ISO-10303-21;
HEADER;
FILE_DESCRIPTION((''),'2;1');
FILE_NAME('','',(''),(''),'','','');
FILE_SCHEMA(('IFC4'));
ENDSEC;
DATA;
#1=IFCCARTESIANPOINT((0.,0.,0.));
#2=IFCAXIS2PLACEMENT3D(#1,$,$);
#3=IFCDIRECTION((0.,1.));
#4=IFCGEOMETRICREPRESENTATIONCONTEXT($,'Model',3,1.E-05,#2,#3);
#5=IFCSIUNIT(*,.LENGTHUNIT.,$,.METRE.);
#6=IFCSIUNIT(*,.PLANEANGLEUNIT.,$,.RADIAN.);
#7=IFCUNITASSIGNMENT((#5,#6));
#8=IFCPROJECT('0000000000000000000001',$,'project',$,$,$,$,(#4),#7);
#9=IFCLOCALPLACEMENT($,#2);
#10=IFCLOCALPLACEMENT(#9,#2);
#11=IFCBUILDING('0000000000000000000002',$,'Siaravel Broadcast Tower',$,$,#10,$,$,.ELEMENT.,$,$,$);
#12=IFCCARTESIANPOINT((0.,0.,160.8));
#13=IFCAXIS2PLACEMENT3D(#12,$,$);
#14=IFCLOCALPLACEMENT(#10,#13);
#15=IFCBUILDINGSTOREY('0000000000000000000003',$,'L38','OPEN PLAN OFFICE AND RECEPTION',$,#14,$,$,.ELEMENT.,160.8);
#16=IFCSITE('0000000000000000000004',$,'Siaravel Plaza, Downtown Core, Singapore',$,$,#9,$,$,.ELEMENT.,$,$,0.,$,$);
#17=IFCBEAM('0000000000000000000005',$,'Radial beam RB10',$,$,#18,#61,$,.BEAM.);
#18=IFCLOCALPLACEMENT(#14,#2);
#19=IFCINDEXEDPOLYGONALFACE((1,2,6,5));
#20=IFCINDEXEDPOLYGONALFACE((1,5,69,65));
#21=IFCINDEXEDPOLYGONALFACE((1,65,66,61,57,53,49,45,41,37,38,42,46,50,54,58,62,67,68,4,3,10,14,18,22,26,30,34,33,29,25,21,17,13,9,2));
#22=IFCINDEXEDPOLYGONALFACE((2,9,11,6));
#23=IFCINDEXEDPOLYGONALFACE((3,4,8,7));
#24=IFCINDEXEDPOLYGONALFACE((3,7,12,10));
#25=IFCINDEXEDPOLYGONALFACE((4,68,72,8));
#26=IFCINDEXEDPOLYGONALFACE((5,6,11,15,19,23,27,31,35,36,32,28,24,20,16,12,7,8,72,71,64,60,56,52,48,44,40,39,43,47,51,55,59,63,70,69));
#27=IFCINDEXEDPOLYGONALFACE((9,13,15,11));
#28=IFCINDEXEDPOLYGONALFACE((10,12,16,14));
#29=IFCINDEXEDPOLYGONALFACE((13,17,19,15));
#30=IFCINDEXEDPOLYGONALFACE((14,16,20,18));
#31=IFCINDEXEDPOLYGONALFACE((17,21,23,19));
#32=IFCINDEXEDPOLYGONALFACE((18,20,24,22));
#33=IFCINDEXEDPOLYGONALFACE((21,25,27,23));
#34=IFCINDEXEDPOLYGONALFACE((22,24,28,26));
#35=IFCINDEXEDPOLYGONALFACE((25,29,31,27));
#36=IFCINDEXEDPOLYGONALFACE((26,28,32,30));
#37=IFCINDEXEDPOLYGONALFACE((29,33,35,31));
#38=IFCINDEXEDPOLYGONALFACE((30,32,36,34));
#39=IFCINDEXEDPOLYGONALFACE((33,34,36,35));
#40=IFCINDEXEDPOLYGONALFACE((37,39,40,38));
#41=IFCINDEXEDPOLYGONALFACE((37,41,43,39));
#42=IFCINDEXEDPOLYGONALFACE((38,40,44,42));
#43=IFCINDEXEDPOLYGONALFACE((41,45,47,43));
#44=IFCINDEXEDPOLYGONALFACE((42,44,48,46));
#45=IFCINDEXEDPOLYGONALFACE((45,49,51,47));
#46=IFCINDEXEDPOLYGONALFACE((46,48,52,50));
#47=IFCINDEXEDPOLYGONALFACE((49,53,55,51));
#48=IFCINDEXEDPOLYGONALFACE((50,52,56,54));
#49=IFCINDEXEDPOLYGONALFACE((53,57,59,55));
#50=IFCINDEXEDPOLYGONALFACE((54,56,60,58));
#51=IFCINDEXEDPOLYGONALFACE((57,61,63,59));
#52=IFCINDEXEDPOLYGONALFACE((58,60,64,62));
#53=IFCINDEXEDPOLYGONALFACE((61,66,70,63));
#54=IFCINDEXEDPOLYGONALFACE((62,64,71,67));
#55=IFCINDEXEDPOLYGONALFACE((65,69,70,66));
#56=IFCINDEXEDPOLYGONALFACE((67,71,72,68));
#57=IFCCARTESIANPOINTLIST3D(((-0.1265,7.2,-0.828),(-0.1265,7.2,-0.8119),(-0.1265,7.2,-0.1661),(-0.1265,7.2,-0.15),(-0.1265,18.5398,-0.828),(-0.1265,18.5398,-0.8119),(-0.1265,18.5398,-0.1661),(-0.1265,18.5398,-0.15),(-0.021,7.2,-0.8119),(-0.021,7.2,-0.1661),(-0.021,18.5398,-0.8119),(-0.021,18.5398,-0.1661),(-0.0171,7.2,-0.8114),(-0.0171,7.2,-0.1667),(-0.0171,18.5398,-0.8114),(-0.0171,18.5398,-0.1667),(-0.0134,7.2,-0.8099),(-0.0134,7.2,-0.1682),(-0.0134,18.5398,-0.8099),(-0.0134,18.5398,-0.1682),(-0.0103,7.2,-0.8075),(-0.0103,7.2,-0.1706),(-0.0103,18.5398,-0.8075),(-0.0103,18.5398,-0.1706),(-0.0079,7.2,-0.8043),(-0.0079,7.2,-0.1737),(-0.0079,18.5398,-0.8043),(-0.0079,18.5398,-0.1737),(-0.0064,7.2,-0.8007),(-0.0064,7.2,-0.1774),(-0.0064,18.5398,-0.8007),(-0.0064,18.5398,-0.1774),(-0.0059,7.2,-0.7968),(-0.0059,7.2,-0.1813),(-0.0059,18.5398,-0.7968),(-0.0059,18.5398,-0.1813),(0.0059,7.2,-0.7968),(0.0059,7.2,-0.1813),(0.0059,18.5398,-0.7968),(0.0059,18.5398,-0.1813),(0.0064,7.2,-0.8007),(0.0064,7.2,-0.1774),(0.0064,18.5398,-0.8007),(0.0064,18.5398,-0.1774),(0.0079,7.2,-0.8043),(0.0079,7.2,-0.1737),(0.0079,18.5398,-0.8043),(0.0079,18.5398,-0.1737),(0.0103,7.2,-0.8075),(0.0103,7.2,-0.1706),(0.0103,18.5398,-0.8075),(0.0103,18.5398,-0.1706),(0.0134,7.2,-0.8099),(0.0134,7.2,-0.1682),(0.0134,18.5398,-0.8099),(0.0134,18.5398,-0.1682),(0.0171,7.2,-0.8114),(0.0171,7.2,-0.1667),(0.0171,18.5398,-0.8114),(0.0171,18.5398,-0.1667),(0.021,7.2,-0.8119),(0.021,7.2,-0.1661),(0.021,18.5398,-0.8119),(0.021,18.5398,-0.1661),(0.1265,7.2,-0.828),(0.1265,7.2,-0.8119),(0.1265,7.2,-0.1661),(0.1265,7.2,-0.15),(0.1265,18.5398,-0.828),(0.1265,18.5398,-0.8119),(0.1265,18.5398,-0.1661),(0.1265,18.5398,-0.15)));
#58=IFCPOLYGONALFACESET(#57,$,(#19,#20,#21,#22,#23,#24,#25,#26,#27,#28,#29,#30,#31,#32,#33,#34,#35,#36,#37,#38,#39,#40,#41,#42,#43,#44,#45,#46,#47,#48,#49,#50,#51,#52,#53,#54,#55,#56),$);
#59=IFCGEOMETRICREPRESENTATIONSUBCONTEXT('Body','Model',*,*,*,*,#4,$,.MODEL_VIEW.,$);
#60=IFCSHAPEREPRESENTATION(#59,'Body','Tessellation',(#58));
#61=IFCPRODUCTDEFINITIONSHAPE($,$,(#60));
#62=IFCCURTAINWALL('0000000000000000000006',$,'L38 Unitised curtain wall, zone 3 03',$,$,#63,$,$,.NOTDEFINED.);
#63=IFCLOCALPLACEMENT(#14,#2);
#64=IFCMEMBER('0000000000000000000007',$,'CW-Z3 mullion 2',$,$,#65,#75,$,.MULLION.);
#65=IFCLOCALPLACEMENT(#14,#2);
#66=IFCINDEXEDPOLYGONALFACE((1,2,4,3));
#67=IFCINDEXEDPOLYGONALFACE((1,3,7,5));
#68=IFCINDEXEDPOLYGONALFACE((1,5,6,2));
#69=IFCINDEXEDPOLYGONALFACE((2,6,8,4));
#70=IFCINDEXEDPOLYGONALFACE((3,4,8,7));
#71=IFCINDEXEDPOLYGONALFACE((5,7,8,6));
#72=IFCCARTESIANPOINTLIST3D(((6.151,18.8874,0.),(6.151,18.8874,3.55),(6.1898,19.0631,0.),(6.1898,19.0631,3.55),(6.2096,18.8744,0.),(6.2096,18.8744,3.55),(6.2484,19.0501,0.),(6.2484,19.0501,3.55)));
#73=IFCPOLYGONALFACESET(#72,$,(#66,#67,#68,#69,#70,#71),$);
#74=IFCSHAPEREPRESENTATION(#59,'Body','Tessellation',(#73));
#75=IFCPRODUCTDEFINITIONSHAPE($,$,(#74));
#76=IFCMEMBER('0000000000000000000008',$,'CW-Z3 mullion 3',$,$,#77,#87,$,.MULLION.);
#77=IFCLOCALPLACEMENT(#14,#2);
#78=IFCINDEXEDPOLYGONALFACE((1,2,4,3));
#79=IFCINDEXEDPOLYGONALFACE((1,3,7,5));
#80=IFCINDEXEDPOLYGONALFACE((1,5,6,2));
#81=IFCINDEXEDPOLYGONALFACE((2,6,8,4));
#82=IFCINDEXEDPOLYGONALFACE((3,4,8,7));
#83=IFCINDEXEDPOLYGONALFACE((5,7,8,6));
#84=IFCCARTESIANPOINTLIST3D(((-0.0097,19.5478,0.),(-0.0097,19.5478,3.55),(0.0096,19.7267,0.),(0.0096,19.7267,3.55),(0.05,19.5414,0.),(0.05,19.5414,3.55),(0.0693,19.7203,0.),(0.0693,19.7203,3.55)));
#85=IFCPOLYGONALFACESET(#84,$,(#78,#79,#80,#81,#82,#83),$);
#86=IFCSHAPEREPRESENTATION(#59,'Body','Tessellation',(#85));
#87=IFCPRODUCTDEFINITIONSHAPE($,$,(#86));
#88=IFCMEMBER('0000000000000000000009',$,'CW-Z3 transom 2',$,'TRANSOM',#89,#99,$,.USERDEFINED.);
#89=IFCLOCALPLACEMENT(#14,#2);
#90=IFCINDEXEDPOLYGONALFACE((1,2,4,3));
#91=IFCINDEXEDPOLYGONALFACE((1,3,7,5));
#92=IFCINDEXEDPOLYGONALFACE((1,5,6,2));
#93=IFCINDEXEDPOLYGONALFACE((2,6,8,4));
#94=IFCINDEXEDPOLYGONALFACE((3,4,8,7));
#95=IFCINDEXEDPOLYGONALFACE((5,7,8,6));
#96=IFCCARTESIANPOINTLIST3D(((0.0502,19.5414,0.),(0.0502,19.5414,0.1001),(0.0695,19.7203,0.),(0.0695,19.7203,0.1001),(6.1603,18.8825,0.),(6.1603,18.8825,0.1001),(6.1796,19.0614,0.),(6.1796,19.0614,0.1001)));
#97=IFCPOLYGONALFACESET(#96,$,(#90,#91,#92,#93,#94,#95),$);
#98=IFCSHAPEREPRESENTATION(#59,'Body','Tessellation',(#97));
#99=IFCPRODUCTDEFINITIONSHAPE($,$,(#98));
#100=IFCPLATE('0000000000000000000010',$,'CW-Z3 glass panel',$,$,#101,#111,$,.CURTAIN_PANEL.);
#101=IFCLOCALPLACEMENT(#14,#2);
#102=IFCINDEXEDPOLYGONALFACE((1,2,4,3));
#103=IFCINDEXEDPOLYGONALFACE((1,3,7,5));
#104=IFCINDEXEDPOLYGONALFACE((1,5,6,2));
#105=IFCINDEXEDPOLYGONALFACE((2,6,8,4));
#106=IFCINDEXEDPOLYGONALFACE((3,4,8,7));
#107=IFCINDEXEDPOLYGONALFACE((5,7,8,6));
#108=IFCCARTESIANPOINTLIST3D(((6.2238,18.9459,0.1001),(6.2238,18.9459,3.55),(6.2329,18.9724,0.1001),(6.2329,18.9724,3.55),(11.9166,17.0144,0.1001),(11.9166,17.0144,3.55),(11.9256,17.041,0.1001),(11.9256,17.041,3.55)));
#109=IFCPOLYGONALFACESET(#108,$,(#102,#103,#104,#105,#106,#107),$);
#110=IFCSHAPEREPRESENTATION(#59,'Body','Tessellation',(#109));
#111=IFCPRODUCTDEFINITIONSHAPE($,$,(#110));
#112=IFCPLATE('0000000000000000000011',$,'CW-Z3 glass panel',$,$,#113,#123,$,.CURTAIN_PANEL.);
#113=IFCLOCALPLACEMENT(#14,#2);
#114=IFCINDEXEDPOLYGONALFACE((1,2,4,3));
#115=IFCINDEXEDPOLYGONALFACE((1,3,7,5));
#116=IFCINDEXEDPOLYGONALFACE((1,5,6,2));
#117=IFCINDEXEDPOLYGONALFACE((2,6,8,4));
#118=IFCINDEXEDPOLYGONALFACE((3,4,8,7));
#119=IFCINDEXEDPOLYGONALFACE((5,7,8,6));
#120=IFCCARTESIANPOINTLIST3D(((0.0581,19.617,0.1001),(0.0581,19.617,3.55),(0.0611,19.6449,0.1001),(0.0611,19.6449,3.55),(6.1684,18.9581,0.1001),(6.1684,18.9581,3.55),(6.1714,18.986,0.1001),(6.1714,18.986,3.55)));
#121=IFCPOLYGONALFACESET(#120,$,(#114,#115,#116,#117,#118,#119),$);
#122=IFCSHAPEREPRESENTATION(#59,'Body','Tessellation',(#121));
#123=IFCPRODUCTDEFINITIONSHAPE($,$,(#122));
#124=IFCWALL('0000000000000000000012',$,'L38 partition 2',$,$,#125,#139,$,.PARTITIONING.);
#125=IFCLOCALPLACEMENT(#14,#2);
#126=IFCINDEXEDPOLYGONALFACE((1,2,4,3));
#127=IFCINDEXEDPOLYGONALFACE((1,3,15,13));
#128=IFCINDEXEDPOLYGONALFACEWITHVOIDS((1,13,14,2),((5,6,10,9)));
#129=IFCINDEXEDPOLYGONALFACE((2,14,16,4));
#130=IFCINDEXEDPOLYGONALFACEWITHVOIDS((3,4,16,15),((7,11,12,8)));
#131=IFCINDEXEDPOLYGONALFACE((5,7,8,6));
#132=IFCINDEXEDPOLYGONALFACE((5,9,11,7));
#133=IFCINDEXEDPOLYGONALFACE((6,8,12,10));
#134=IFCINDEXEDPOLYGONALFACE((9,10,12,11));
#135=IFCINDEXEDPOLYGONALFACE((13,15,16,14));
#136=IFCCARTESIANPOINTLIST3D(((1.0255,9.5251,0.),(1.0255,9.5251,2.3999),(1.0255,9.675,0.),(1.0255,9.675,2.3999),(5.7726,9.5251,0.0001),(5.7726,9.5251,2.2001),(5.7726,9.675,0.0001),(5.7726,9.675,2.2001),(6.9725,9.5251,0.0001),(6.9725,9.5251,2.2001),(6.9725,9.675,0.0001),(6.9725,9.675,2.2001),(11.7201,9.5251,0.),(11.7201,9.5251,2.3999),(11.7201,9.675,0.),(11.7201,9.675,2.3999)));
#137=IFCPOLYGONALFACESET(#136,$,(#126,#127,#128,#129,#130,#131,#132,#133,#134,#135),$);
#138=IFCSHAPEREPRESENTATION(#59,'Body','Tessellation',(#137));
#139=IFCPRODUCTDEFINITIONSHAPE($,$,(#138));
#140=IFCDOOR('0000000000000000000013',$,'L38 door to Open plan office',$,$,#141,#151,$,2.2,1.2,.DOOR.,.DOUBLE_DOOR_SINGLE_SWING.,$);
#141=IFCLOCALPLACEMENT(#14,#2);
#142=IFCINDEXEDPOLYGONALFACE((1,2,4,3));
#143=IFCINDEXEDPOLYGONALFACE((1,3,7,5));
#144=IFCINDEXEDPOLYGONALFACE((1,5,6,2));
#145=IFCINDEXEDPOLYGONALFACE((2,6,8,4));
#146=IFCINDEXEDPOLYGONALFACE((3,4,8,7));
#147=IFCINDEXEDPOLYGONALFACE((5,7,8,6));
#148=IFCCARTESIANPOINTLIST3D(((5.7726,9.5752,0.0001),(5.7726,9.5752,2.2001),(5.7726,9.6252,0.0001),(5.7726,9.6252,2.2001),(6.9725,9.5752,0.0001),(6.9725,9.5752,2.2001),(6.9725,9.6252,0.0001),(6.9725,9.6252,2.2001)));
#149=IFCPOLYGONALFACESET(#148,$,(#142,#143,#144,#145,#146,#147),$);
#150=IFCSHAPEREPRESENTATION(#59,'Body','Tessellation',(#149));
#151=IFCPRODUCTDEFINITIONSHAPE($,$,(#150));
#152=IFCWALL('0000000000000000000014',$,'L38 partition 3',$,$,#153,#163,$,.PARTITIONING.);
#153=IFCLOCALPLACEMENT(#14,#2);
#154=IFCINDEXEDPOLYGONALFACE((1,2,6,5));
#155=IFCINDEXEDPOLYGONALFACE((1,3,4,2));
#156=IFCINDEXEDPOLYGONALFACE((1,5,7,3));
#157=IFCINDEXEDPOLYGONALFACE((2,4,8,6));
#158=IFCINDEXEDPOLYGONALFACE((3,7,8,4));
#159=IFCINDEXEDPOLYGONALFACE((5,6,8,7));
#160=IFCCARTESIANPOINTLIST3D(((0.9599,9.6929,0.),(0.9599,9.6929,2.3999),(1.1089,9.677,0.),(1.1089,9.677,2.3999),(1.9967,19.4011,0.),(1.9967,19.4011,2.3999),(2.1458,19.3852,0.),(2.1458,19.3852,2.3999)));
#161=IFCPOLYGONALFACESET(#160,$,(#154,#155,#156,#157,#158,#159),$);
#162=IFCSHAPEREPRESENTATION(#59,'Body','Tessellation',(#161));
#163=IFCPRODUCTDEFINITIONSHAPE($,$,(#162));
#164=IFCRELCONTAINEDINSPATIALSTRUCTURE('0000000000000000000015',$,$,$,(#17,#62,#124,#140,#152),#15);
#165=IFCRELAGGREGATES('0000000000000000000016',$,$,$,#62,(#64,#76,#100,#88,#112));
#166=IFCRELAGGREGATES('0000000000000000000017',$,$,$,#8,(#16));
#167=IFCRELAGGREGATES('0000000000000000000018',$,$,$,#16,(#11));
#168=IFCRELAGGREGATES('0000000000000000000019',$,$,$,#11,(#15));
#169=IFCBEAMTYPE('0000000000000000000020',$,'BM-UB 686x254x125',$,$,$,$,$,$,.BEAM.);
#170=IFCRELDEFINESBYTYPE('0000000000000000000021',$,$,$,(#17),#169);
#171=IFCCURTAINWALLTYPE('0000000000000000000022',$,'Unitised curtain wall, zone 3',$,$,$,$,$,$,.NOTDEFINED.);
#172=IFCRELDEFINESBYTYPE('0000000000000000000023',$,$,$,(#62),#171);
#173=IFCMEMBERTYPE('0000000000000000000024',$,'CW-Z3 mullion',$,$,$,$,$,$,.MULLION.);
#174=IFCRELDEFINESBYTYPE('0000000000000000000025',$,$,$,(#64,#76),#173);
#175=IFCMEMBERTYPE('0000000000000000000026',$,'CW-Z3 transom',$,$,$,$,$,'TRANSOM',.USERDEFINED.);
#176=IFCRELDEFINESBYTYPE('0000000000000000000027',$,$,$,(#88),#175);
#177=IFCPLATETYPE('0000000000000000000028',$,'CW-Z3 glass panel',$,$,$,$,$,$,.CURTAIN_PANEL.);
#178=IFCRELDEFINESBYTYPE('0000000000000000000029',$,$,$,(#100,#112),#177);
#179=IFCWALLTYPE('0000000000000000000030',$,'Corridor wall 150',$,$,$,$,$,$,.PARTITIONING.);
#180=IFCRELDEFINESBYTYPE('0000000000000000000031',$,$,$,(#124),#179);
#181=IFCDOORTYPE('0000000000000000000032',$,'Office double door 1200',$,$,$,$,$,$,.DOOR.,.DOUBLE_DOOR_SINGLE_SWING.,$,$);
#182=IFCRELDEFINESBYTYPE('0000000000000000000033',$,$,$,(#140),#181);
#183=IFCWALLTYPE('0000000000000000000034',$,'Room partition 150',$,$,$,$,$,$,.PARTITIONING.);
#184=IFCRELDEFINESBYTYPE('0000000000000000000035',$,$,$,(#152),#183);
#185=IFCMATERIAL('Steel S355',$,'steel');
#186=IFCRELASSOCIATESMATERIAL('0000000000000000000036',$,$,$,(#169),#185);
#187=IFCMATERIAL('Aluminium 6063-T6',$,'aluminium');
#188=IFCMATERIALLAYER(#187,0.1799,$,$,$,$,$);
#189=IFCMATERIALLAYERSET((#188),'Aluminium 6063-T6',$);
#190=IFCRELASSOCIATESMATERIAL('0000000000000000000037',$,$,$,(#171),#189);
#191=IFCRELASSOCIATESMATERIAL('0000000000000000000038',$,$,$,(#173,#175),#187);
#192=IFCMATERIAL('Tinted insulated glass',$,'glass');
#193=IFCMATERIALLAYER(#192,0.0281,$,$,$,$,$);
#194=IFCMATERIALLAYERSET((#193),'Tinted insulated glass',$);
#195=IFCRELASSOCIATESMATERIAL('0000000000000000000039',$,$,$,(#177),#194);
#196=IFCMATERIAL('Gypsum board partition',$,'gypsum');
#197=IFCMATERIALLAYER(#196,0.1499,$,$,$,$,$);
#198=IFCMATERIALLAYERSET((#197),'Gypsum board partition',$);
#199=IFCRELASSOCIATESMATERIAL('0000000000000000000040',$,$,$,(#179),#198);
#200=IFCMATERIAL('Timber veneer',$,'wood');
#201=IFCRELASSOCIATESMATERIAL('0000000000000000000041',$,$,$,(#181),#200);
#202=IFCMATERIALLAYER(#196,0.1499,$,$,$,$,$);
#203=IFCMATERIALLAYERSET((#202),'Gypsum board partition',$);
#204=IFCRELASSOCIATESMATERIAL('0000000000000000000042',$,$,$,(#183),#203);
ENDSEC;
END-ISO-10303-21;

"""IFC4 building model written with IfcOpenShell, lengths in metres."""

from ifc_helpers import new_model, si_unit, direction, frame, frame_2d, origin, origin_2d, place, context, subcontext, project, spatial, rectangle, i_section, extrude, material, layer, layer_set, material_profile, profile_set, type_object, element, fill, aggregate, save


model = new_model("IFC4")

# Units and contexts
model_context = context("Model", 3, precision=1e-05, world=origin(), true_north=direction((0.0, 1.0)))
body_context = subcontext(model_context, "Body", "Model", "MODEL_VIEW")
ifc_project = project(units=[si_unit("LENGTHUNIT", "METRE"), si_unit("PLANEANGLEUNIT", "RADIAN")], contexts=[model_context])

# Site, building, storey
site_placement = place(None, origin())
site = spatial("IfcSite", under=ifc_project, at=site_placement, Name="Siaravel Plaza, Downtown Core, Singapore", CompositionType="ELEMENT", RefElevation=0.0)
building_placement = place(site_placement, origin())
building = spatial("IfcBuilding", under=site, at=building_placement, Name="Siaravel Broadcast Tower", CompositionType="ELEMENT")
storey_placement = place(building_placement, frame((0.0, 0.0, 160.8)))
storey = spatial("IfcBuildingStorey", under=building, at=storey_placement, Name="L38", Description="OPEN PLAN OFFICE AND RECEPTION", CompositionType="ELEMENT", Elevation=160.8)

# Beam
ifc_material_1 = material(Name="Steel S355", Category="steel")
ifc_material_profile_1 = material_profile(ifc_material_1, i_section(OverallWidth=0.2529, OverallDepth=0.678, WebThickness=0.0117, FlangeThickness=0.0161, FilletRadius=0.0151, at=origin_2d()))
ifc_profile_set_1 = profile_set([ifc_material_profile_1], Name="Steel S355")
beam_type = type_object("IfcBeamType", Name="BM-UB 686x254x125", PredefinedType="BEAM", material=ifc_profile_set_1)
beam_1_placement = place(storey_placement, frame((0.0, 18.5398, -0.489), z_axis=(0.0, -1.0, 0.0), x_axis=(1.0, 0.0, 0.0)))
element("IfcBeam", 1, at=beam_1_placement, inside=storey, type_object=beam_type, Name="Radial beam RB10", PredefinedType="BEAM", context=body_context, shape_type="SweptSolid", body=[
    extrude(i_section(OverallWidth=0.2529, OverallDepth=0.678, WebThickness=0.0117, FlangeThickness=0.0161, FilletRadius=0.0151, at=origin_2d()), origin(), (0.0, 0.0, 1.0), 11.3398),
])

# Curtain wall, members, plates
ifc_material_2 = material(Name="Aluminium 6063-T6", Category="aluminium")
ifc_layer_1 = layer(ifc_material_2, 0.1799)
ifc_layer_set_1 = layer_set([ifc_layer_1], Name="Aluminium 6063-T6")
curtain_wall_type = type_object("IfcCurtainWallType", Name="Unitised curtain wall, zone 3", PredefinedType="NOTDEFINED", material=ifc_layer_set_1)
curtain_wall_placement = place(storey_placement, origin())
curtain_wall = element("IfcCurtainWall", 2, at=curtain_wall_placement, inside=storey, type_object=curtain_wall_type, Name="L38 Unitised curtain wall, zone 3 03", PredefinedType="NOTDEFINED")
ifc_material_profile_2 = material_profile(ifc_material_2, rectangle(XDim=0.1799, YDim=0.0601, at=origin_2d()))
ifc_profile_set_2 = profile_set([ifc_material_profile_2], Name="Aluminium 6063-T6")
member_type_1 = type_object("IfcMemberType", Name="CW-Z3 mullion", PredefinedType="MULLION", material=ifc_profile_set_2)
member_1_placement = place(storey_placement, frame((6.1997, 18.9688, 0.0), z_axis=(0.0, 0.0, 1.0), x_axis=(-0.215559, -0.976491, 0.0)))
member_1 = element("IfcMember", 3, at=member_1_placement, type_object=member_type_1, Name="CW-Z3 mullion 2", PredefinedType="MULLION", context=body_context, shape_type="SweptSolid", body=[
    extrude(rectangle(XDim=0.1799, YDim=0.0601, at=origin_2d()), origin(), (0.0, 0.0, 1.0), 3.55),
])
member_2_placement = place(storey_placement, frame((0.0298, 19.634, 0.0), z_axis=(0.0, 0.0, 1.0), x_axis=(-0.107218, -0.994236, 0.0)))
member_2 = element("IfcMember", 4, at=member_2_placement, type_object=member_type_1, Name="CW-Z3 mullion 3", PredefinedType="MULLION", context=body_context, shape_type="SweptSolid", body=[
    extrude(rectangle(XDim=0.1799, YDim=0.0601, at=origin_2d()), origin(), (0.0, 0.0, 1.0), 3.55),
])
ifc_material_profile_3 = material_profile(ifc_material_2, rectangle(XDim=0.1799, YDim=0.1001, at=origin_2d()))
ifc_profile_set_3 = profile_set([ifc_material_profile_3], Name="Aluminium 6063-T6")
member_type_2 = type_object("IfcMemberType", Name="CW-Z3 transom", ElementType="TRANSOM", PredefinedType="USERDEFINED", material=ifc_profile_set_3)
member_3_placement = place(storey_placement, frame((6.1699, 18.9719, 0.05), z_axis=(-0.994235, 0.107222, 0.0), x_axis=(-0.107222, -0.994235, 0.0)))
member_3 = element("IfcMember", 5, at=member_3_placement, type_object=member_type_2, Name="CW-Z3 transom 2", ObjectType="TRANSOM", PredefinedType="USERDEFINED", context=body_context, shape_type="SweptSolid", body=[
    extrude(rectangle(XDim=0.1799, YDim=0.1001, at=origin_2d()), origin(), (0.0, 0.0, 1.0), 6.1455),
])
ifc_material_3 = material(Name="Tinted insulated glass", Category="glass")
ifc_layer_2 = layer(ifc_material_3, 0.0281)
ifc_layer_set_2 = layer_set([ifc_layer_2], Name="Tinted insulated glass")
plate_type = type_object("IfcPlateType", Name="CW-Z3 glass panel", PredefinedType="CURTAIN_PANEL", material=ifc_layer_set_2)
plate_1_placement = place(storey_placement, frame((9.0747, 17.9934, 0.1001), z_axis=(0.0, 0.0, 1.0), x_axis=(-0.946977, 0.321301, 0.0)))
plate_1 = element("IfcPlate", 6, at=plate_1_placement, type_object=plate_type, Name="CW-Z3 glass panel", PredefinedType="CURTAIN_PANEL", context=body_context, shape_type="SweptSolid", body=[
    extrude(rectangle(XDim=6.0115, YDim=0.0281, at=origin_2d()), origin(), (0.0, 0.0, 1.0), 3.45),
])
plate_2_placement = place(storey_placement, frame((3.1147, 19.3015, 0.1001), z_axis=(0.0, 0.0, 1.0), x_axis=(-0.994236, 0.107218, 0.0)))
plate_2 = element("IfcPlate", 7, at=plate_2_placement, type_object=plate_type, Name="CW-Z3 glass panel", PredefinedType="CURTAIN_PANEL", context=body_context, shape_type="SweptSolid", body=[
    extrude(rectangle(XDim=6.1458, YDim=0.0281, at=origin_2d()), origin(), (0.0, 0.0, 1.0), 3.45),
])
aggregate(curtain_wall, [member_1, member_2, plate_1, member_3, plate_2])

# Wall, opening, door
ifc_material_4 = material(Name="Gypsum board partition", Category="gypsum")
ifc_layer_3 = layer(ifc_material_4, 0.1499)
ifc_layer_set_3 = layer_set([ifc_layer_3], Name="Gypsum board partition")
wall_type_1 = type_object("IfcWallType", Name="Corridor wall 150", PredefinedType="PARTITIONING", material=ifc_layer_set_3)
wall_1_placement = place(storey_placement, frame((11.72, 9.6001, 0.0), z_axis=(0.0, 0.0, 1.0), x_axis=(-1.0, 0.0, 0.0)))
wall_1 = element("IfcWall", 8, at=wall_1_placement, inside=storey, type_object=wall_type_1, Name="L38 partition 2", PredefinedType="PARTITIONING", context=body_context, shape_type="SweptSolid", body=[
    extrude(rectangle(XDim=10.6946, YDim=0.1499, at=frame_2d((5.3472, 0.0))), origin(), (0.0, 0.0, 1.0), 2.3999),
])
opening_1_placement = place(wall_1_placement, frame((4.7473, 0.0, 0.0)))
opening_1 = element("IfcOpeningElement", 9, at=opening_1_placement, cuts=wall_1, PredefinedType="OPENING", context=body_context, shape_type="SweptSolid", body=[
    extrude(rectangle(XDim=1.2, YDim=2.2, at=frame_2d((0.6001, 1.1001))), frame((0.0, 0.085, 0.0), z_axis=(0.0, -1.0, 0.0), x_axis=(1.0, 0.0, 0.0)), (0.0, 0.0, 1.0), 0.1699),
])
ifc_material_5 = material(Name="Timber veneer", Category="wood")
door_type_1 = type_object("IfcDoorType", Name="Office double door 1200", OperationType="DOUBLE_DOOR_SINGLE_SWING", PredefinedType="DOOR", material=ifc_material_5)
door_1_placement = place(opening_1_placement, origin())
door_1 = element("IfcDoor", 10, at=door_1_placement, inside=storey, type_object=door_type_1, Name="L38 door to Open plan office", OperationType="DOUBLE_DOOR_SINGLE_SWING", OverallHeight=2.2, OverallWidth=1.2, PredefinedType="DOOR", context=body_context, shape_type="SweptSolid", body=[
    extrude(rectangle(XDim=1.2, YDim=2.2, at=frame_2d((0.6001, 1.1001))), frame((0.0, 0.0249, 0.0), z_axis=(0.0, -1.0, 0.0), x_axis=(1.0, 0.0, 0.0)), (0.0, 0.0, 1.0), 0.05),
])
fill(opening_1, door_1)

# Wall
ifc_layer_4 = layer(ifc_material_4, 0.1499)
ifc_layer_set_4 = layer_set([ifc_layer_4], Name="Gypsum board partition")
wall_type_2 = type_object("IfcWallType", Name="Room partition 150", PredefinedType="PARTITIONING", material=ifc_layer_set_4)
wall_2_placement = place(storey_placement, frame((2.0713, 19.3933, 0.0), z_axis=(0.0, 0.0, 1.0), x_axis=(-0.106198, -0.994345, 0.0)))
element("IfcWall", 11, at=wall_2_placement, inside=storey, type_object=wall_type_2, Name="L38 partition 3", PredefinedType="PARTITIONING", context=body_context, shape_type="SweptSolid", body=[
    extrude(rectangle(XDim=9.7634, YDim=0.1499, at=frame_2d((4.8818, 0.0))), origin(), (0.0, 0.0, 1.0), 2.3999),
])

save(model, "model.ifc")
